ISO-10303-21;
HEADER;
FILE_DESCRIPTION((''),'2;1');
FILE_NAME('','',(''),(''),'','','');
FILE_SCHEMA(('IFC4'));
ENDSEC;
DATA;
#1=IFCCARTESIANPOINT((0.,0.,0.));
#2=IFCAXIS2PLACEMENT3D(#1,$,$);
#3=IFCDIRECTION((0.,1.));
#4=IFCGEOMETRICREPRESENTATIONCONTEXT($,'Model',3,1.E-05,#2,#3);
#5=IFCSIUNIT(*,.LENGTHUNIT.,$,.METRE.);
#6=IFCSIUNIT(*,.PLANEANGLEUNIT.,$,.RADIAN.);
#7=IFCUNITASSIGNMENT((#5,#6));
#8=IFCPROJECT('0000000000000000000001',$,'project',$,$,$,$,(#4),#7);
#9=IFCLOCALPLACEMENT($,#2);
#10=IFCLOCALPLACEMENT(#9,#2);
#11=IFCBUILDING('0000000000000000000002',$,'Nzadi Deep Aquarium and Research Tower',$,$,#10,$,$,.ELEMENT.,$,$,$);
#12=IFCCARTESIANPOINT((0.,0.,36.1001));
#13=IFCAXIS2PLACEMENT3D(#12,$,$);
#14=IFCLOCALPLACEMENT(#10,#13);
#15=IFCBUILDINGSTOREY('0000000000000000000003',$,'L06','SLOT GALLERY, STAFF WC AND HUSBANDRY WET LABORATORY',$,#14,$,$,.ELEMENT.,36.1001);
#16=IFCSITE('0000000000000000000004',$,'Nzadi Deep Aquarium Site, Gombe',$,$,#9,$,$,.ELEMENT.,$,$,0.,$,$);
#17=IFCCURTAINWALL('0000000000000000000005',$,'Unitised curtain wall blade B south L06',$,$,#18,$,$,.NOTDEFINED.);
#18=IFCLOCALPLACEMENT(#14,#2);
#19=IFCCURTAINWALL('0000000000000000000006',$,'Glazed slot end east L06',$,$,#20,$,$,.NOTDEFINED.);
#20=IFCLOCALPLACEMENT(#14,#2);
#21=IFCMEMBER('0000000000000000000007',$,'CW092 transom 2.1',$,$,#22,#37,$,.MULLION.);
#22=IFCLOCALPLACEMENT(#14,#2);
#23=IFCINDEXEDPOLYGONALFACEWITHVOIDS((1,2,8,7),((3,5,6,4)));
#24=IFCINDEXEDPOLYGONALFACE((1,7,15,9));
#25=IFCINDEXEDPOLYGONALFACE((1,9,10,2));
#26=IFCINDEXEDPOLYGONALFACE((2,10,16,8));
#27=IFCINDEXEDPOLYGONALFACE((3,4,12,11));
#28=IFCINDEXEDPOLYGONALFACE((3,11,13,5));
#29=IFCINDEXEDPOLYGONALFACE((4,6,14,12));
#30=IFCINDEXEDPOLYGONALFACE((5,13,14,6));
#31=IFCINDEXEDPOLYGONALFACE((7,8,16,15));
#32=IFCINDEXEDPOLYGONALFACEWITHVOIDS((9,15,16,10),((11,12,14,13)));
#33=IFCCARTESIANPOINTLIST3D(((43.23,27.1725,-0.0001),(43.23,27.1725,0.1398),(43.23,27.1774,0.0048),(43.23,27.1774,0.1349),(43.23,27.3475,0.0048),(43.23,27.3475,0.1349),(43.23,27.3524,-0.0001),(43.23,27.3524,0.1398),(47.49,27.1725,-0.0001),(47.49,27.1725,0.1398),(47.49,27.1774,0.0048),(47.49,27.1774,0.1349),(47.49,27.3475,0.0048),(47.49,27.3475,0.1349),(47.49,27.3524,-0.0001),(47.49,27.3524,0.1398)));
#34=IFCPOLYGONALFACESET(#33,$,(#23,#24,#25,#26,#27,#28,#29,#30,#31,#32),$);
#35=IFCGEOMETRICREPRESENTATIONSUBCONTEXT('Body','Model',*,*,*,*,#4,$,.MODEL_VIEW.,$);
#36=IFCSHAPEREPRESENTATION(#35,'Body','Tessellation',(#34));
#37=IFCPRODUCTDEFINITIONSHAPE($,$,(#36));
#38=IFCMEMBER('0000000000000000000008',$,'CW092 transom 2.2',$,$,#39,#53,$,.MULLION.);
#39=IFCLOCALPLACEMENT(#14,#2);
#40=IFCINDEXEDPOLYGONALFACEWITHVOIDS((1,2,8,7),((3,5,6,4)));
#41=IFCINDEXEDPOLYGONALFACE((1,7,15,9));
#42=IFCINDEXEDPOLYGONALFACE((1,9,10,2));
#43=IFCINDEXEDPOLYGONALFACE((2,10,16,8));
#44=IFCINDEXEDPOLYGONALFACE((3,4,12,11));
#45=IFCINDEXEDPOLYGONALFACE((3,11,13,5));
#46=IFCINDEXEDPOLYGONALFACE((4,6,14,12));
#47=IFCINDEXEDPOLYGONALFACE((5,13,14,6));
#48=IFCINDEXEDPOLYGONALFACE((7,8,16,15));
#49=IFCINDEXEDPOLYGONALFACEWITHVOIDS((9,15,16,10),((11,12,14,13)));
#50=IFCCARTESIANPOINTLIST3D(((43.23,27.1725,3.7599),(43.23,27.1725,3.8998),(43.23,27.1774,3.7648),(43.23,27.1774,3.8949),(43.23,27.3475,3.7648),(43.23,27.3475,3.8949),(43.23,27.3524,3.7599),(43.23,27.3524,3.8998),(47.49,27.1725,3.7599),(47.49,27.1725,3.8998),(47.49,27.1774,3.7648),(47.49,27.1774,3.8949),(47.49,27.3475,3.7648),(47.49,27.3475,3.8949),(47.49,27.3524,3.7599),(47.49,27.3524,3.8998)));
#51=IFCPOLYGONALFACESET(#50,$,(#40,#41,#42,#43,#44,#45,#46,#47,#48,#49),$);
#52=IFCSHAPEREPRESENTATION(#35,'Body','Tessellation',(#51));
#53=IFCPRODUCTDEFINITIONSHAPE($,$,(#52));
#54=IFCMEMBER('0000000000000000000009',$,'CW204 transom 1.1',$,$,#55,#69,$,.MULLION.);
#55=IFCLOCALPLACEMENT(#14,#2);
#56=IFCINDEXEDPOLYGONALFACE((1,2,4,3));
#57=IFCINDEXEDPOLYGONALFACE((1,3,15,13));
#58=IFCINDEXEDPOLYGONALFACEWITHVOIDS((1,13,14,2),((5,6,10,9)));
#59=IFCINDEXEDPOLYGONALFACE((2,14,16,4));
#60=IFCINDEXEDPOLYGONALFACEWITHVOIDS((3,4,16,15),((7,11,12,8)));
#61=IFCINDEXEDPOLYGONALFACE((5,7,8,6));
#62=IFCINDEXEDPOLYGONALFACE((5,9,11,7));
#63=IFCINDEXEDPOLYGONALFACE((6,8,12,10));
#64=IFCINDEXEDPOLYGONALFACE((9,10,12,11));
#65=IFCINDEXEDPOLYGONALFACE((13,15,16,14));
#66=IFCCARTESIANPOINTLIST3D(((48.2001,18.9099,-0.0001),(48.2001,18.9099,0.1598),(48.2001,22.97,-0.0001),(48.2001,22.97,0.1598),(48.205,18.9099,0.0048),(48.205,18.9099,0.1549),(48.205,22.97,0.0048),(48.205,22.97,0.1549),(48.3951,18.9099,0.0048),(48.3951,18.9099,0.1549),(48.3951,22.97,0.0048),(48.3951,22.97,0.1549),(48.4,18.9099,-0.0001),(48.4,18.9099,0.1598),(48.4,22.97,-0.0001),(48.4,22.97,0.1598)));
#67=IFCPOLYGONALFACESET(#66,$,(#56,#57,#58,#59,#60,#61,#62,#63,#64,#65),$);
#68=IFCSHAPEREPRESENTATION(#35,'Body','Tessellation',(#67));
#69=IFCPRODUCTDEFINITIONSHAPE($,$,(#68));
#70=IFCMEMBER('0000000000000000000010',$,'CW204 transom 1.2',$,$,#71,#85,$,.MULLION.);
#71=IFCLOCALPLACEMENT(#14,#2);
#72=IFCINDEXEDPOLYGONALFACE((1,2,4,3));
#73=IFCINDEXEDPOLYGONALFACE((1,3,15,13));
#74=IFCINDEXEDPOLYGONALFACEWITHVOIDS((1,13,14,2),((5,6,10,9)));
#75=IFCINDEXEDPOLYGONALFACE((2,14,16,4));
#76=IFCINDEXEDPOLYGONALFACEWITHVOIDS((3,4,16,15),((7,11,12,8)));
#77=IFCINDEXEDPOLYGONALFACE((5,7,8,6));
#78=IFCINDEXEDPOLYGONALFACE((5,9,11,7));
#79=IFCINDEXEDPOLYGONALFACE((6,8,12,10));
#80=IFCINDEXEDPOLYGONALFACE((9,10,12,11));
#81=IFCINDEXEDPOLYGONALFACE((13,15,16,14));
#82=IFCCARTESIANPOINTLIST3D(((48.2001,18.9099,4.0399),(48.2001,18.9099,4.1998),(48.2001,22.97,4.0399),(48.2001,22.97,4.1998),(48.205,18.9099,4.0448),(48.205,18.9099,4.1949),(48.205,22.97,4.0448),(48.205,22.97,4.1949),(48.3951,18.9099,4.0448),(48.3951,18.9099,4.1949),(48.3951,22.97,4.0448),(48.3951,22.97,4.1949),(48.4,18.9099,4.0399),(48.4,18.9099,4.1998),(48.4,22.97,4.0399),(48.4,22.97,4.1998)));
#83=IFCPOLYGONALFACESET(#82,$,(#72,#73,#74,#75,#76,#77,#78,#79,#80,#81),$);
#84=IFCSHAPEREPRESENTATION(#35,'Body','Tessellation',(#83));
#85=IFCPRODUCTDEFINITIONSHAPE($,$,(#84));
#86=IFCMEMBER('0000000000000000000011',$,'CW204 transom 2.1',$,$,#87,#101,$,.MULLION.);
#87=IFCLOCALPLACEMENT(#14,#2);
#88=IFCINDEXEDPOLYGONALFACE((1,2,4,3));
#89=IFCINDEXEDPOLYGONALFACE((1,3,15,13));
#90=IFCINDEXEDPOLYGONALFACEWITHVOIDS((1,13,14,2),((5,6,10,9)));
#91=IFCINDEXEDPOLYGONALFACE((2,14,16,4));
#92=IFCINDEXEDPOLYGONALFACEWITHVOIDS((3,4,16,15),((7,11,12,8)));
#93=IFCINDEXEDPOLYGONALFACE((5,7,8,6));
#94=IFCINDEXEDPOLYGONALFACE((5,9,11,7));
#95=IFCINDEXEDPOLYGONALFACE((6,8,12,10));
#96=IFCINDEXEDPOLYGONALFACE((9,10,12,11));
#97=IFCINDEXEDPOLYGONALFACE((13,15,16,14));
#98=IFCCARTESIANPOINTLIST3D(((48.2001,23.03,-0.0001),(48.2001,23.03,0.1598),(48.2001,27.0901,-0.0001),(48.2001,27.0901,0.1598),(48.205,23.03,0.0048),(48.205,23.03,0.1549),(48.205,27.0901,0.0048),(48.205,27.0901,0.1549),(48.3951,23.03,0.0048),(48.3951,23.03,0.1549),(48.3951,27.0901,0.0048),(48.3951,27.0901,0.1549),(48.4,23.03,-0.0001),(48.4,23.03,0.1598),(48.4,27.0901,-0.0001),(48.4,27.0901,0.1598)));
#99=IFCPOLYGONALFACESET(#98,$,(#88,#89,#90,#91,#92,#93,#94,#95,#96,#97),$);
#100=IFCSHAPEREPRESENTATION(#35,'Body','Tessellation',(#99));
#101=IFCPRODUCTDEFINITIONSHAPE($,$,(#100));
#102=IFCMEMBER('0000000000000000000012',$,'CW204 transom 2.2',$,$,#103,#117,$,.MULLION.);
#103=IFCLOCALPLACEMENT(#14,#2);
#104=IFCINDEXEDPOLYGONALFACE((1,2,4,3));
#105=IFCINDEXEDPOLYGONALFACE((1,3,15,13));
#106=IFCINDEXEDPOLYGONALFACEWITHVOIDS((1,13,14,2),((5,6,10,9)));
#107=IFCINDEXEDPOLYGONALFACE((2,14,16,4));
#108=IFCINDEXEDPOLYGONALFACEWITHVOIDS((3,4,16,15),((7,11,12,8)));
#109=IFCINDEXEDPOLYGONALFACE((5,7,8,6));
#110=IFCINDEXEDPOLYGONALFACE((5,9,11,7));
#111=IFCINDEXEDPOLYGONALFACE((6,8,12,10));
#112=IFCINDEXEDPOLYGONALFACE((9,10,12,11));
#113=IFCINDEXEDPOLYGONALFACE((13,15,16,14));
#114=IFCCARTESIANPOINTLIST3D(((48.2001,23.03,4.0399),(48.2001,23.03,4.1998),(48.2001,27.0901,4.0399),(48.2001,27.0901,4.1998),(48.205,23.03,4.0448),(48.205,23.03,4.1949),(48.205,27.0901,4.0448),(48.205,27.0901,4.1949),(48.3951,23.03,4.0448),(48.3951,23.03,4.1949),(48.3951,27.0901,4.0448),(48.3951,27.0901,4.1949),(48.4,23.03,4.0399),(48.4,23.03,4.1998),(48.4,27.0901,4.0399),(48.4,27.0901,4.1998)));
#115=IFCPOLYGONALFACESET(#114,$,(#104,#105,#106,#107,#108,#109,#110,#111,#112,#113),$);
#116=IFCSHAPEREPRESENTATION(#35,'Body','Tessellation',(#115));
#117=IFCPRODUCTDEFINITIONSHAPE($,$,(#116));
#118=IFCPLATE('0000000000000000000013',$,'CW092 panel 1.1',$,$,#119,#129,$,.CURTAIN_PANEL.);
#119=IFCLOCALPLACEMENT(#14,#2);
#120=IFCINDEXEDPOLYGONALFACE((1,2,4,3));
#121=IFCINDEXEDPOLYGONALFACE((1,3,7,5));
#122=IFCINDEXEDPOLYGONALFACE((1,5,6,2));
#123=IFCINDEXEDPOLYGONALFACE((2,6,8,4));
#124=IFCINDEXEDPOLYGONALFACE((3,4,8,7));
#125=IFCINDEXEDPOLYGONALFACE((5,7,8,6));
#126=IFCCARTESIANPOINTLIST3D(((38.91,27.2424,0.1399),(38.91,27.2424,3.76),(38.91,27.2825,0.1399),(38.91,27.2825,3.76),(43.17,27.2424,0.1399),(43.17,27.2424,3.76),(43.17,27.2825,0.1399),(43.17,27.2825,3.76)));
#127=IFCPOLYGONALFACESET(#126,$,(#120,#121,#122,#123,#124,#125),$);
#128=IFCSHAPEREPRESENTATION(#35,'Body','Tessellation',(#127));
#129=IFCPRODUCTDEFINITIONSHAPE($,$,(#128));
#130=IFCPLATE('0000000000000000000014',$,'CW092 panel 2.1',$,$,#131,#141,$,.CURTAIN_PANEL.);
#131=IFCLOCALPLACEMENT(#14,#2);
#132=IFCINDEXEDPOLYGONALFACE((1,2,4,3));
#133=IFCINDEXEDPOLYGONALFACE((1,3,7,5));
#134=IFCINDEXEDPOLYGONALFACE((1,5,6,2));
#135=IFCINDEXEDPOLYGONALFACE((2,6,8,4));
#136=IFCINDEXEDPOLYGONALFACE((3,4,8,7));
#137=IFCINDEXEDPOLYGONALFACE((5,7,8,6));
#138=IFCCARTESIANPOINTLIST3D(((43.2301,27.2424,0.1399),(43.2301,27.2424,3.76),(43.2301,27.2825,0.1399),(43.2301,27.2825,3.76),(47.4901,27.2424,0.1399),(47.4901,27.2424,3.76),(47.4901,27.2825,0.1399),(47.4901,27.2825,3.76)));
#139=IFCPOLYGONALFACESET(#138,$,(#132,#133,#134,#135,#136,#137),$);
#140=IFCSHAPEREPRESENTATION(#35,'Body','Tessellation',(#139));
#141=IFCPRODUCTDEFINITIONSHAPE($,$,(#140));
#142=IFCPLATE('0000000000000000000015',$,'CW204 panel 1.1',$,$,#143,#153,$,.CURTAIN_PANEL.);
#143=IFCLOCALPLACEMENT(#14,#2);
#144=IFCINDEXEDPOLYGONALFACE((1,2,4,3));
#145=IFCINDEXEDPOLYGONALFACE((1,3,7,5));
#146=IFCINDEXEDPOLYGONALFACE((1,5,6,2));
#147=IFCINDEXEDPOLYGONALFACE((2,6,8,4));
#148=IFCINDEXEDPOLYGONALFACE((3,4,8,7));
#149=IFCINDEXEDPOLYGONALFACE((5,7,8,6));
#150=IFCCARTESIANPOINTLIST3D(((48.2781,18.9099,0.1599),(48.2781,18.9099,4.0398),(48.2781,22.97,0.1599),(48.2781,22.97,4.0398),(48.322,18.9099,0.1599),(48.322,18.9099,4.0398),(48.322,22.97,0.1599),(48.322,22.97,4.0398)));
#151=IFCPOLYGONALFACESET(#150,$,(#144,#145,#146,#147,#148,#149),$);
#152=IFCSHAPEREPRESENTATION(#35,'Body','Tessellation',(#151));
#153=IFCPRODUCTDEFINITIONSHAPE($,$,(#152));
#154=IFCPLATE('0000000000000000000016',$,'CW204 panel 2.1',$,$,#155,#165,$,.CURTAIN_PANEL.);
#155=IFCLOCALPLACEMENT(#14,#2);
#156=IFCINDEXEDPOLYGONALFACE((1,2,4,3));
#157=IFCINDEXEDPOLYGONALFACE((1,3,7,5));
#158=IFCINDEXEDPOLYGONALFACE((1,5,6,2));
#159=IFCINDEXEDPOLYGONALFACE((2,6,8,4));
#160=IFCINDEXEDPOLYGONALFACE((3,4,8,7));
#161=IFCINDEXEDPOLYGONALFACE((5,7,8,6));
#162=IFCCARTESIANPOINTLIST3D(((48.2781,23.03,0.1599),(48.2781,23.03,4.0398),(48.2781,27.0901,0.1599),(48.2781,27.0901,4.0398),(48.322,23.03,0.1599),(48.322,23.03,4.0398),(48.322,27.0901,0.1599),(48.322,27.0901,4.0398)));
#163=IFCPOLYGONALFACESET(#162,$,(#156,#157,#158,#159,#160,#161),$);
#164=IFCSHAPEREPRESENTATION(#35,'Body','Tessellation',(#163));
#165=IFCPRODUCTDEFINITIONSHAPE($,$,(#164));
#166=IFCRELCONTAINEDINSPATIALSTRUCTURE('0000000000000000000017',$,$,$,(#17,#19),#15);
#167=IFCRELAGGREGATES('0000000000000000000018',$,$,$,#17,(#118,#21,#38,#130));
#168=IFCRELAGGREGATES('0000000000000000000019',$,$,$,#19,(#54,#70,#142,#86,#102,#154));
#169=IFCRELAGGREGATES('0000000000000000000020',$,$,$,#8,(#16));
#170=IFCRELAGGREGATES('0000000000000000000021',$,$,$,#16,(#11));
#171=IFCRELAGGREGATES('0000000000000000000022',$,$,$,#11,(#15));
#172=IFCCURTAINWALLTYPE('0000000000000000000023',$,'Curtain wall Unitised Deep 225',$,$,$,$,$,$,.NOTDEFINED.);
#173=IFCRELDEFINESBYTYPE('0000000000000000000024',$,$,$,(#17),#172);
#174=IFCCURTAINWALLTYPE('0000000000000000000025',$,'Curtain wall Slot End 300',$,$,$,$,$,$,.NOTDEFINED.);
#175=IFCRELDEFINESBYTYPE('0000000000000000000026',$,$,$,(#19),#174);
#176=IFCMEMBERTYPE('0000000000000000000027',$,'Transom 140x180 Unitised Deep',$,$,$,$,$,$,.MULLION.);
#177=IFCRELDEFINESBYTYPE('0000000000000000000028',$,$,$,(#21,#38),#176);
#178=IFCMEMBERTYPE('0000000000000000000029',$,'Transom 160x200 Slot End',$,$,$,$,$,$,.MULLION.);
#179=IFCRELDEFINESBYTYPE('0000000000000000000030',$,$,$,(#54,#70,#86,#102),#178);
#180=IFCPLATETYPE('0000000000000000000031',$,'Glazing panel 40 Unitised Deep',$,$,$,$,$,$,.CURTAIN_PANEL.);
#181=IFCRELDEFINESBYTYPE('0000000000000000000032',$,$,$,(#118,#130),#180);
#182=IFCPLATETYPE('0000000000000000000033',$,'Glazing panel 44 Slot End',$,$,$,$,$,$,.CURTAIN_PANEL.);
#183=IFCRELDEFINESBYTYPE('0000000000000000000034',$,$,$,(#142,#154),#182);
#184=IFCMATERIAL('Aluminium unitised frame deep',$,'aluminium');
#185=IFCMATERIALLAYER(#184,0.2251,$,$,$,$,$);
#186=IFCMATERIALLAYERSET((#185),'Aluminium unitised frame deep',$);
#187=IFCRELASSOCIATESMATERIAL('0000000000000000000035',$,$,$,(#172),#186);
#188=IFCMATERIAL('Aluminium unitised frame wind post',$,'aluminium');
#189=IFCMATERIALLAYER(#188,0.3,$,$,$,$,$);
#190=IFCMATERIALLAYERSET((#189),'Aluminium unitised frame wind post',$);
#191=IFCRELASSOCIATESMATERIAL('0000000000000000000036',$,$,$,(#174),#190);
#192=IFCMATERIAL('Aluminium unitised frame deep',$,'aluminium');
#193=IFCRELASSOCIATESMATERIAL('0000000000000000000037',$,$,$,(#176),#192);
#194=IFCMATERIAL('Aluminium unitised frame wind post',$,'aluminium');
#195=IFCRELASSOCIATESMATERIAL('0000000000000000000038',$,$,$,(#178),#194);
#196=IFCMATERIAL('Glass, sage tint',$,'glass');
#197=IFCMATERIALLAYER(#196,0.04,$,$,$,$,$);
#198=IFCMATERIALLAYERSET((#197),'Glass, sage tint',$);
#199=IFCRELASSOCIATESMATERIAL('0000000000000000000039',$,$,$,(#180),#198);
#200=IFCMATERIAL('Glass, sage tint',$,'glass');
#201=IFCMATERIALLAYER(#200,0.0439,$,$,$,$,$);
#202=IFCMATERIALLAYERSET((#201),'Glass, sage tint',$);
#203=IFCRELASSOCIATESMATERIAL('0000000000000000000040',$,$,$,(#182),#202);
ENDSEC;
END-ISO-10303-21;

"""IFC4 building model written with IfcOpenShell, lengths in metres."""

from ifc_helpers import new_model, si_unit, direction, frame, origin, origin_2d, place, context, subcontext, project, spatial, rectangle, hollow_rectangle, extrude, material, layer, layer_set, material_profile, profile_set, type_object, element, aggregate, save


model = new_model("IFC4")

# Units and contexts
model_context = context("Model", 3, precision=1e-05, world=origin(), true_north=direction((0.0, 1.0)))
body_context = subcontext(model_context, "Body", "Model", "MODEL_VIEW")
ifc_project = project(units=[si_unit("LENGTHUNIT", "METRE"), si_unit("PLANEANGLEUNIT", "RADIAN")], contexts=[model_context])

# Site, building, storey
site_placement = place(None, origin())
site = spatial("IfcSite", under=ifc_project, at=site_placement, Name="Nzadi Deep Aquarium Site, Gombe", CompositionType="ELEMENT", RefElevation=0.0)
building_placement = place(site_placement, origin())
building = spatial("IfcBuilding", under=site, at=building_placement, Name="Nzadi Deep Aquarium and Research Tower", CompositionType="ELEMENT")
storey_placement = place(building_placement, frame((0.0, 0.0, 36.1001)))
storey = spatial("IfcBuildingStorey", under=building, at=storey_placement, Name="L06", Description="SLOT GALLERY, STAFF WC AND HUSBANDRY WET LABORATORY", CompositionType="ELEMENT", Elevation=36.1001)

# Curtain walls
ifc_material_1 = material(Name="Aluminium unitised frame deep", Category="aluminium")
ifc_layer_1 = layer(ifc_material_1, 0.2251)
ifc_layer_set_1 = layer_set([ifc_layer_1], Name="Aluminium unitised frame deep")
curtain_wall_type_1 = type_object("IfcCurtainWallType", Name="Curtain wall Unitised Deep 225", PredefinedType="NOTDEFINED", material=ifc_layer_set_1)
curtain_wall_1_placement = place(storey_placement, origin())
curtain_wall_1 = element("IfcCurtainWall", 1, at=curtain_wall_1_placement, inside=storey, type_object=curtain_wall_type_1, Name="Unitised curtain wall blade B south L06", PredefinedType="NOTDEFINED")
ifc_material_2 = material(Name="Aluminium unitised frame wind post", Category="aluminium")
ifc_layer_2 = layer(ifc_material_2, 0.3)
ifc_layer_set_2 = layer_set([ifc_layer_2], Name="Aluminium unitised frame wind post")
curtain_wall_type_2 = type_object("IfcCurtainWallType", Name="Curtain wall Slot End 300", PredefinedType="NOTDEFINED", material=ifc_layer_set_2)
curtain_wall_2_placement = place(storey_placement, origin())
curtain_wall_2 = element("IfcCurtainWall", 2, at=curtain_wall_2_placement, inside=storey, type_object=curtain_wall_type_2, Name="Glazed slot end east L06", PredefinedType="NOTDEFINED")

# Members
ifc_material_3 = material(Name="Aluminium unitised frame deep", Category="aluminium")
ifc_material_profile_1 = material_profile(ifc_material_3, hollow_rectangle(XDim=0.1799, YDim=0.1399, WallThickness=0.0049, at=origin_2d()))
ifc_profile_set_1 = profile_set([ifc_material_profile_1], Name="Aluminium unitised frame deep")
member_type_1 = type_object("IfcMemberType", Name="Transom 140x180 Unitised Deep", PredefinedType="MULLION", material=ifc_profile_set_1)
member_1_placement = place(storey_placement, frame((43.23, 27.2625, 0.0698), z_axis=(1.0, 0.0, 0.0), x_axis=(0.0, 1.0, 0.0)))
member_1 = element("IfcMember", 3, at=member_1_placement, type_object=member_type_1, Name="CW092 transom 2.1", PredefinedType="MULLION", context=body_context, shape_type="SweptSolid", body=[
    extrude(hollow_rectangle(XDim=0.1799, YDim=0.1399, WallThickness=0.0049, at=origin_2d()), origin(), (0.0, 0.0, 1.0), 4.26),
])
member_2_placement = place(storey_placement, frame((43.23, 27.2625, 3.8298), z_axis=(1.0, 0.0, 0.0), x_axis=(0.0, 1.0, 0.0)))
member_2 = element("IfcMember", 4, at=member_2_placement, type_object=member_type_1, Name="CW092 transom 2.2", PredefinedType="MULLION", context=body_context, shape_type="SweptSolid", body=[
    extrude(hollow_rectangle(XDim=0.1799, YDim=0.1399, WallThickness=0.0049, at=origin_2d()), origin(), (0.0, 0.0, 1.0), 4.26),
])
ifc_material_4 = material(Name="Aluminium unitised frame wind post", Category="aluminium")
ifc_material_profile_2 = material_profile(ifc_material_4, hollow_rectangle(XDim=0.2, YDim=0.1599, WallThickness=0.0049, at=origin_2d()))
ifc_profile_set_2 = profile_set([ifc_material_profile_2], Name="Aluminium unitised frame wind post")
member_type_2 = type_object("IfcMemberType", Name="Transom 160x200 Slot End", PredefinedType="MULLION", material=ifc_profile_set_2)
member_3_placement = place(storey_placement, frame((48.3, 18.9099, 0.0798), z_axis=(0.0, 1.0, 0.0), x_axis=(-1.0, 0.0, 0.0)))
member_3 = element("IfcMember", 5, at=member_3_placement, type_object=member_type_2, Name="CW204 transom 1.1", PredefinedType="MULLION", context=body_context, shape_type="SweptSolid", body=[
    extrude(hollow_rectangle(XDim=0.2, YDim=0.1599, WallThickness=0.0049, at=origin_2d()), origin(), (0.0, 0.0, 1.0), 4.0601),
])
member_4_placement = place(storey_placement, frame((48.3, 18.9099, 4.1199), z_axis=(0.0, 1.0, 0.0), x_axis=(-1.0, 0.0, 0.0)))
member_4 = element("IfcMember", 6, at=member_4_placement, type_object=member_type_2, Name="CW204 transom 1.2", PredefinedType="MULLION", context=body_context, shape_type="SweptSolid", body=[
    extrude(hollow_rectangle(XDim=0.2, YDim=0.1599, WallThickness=0.0049, at=origin_2d()), origin(), (0.0, 0.0, 1.0), 4.0601),
])
member_5_placement = place(storey_placement, frame((48.3, 23.03, 0.0798), z_axis=(0.0, 1.0, 0.0), x_axis=(-1.0, 0.0, 0.0)))
member_5 = element("IfcMember", 7, at=member_5_placement, type_object=member_type_2, Name="CW204 transom 2.1", PredefinedType="MULLION", context=body_context, shape_type="SweptSolid", body=[
    extrude(hollow_rectangle(XDim=0.2, YDim=0.1599, WallThickness=0.0049, at=origin_2d()), origin(), (0.0, 0.0, 1.0), 4.0601),
])
member_6_placement = place(storey_placement, frame((48.3, 23.03, 4.1199), z_axis=(0.0, 1.0, 0.0), x_axis=(-1.0, 0.0, 0.0)))
member_6 = element("IfcMember", 8, at=member_6_placement, type_object=member_type_2, Name="CW204 transom 2.2", PredefinedType="MULLION", context=body_context, shape_type="SweptSolid", body=[
    extrude(hollow_rectangle(XDim=0.2, YDim=0.1599, WallThickness=0.0049, at=origin_2d()), origin(), (0.0, 0.0, 1.0), 4.0601),
])

# Plates
ifc_material_5 = material(Name="Glass, sage tint", Category="glass")
ifc_layer_3 = layer(ifc_material_5, 0.04)
ifc_layer_set_3 = layer_set([ifc_layer_3], Name="Glass, sage tint")
plate_type_1 = type_object("IfcPlateType", Name="Glazing panel 40 Unitised Deep", PredefinedType="CURTAIN_PANEL", material=ifc_layer_set_3)
plate_1_placement = place(storey_placement, frame((41.04, 27.2625, 0.1399), z_axis=(0.0, 0.0, 1.0), x_axis=(1.0, 0.0, 0.0)))
plate_1 = element("IfcPlate", 9, at=plate_1_placement, type_object=plate_type_1, Name="CW092 panel 1.1", PredefinedType="CURTAIN_PANEL", context=body_context, shape_type="SweptSolid", body=[
    extrude(rectangle(XDim=4.26, YDim=0.04, at=origin_2d()), origin(), (0.0, 0.0, 1.0), 3.6201),
])
plate_2_placement = place(storey_placement, frame((45.3601, 27.2625, 0.1399), z_axis=(0.0, 0.0, 1.0), x_axis=(1.0, 0.0, 0.0)))
plate_2 = element("IfcPlate", 10, at=plate_2_placement, type_object=plate_type_1, Name="CW092 panel 2.1", PredefinedType="CURTAIN_PANEL", context=body_context, shape_type="SweptSolid", body=[
    extrude(rectangle(XDim=4.26, YDim=0.04, at=origin_2d()), origin(), (0.0, 0.0, 1.0), 3.6201),
])
aggregate(curtain_wall_1, [plate_1, member_1, member_2, plate_2])
ifc_material_6 = material(Name="Glass, sage tint", Category="glass")
ifc_layer_4 = layer(ifc_material_6, 0.0439)
ifc_layer_set_4 = layer_set([ifc_layer_4], Name="Glass, sage tint")
plate_type_2 = type_object("IfcPlateType", Name="Glazing panel 44 Slot End", PredefinedType="CURTAIN_PANEL", material=ifc_layer_set_4)
plate_3_placement = place(storey_placement, frame((48.3, 20.9399, 0.1599), z_axis=(0.0, 0.0, 1.0), x_axis=(0.0, 1.0, 0.0)))
plate_3 = element("IfcPlate", 11, at=plate_3_placement, type_object=plate_type_2, Name="CW204 panel 1.1", PredefinedType="CURTAIN_PANEL", context=body_context, shape_type="SweptSolid", body=[
    extrude(rectangle(XDim=4.0601, YDim=0.0439, at=origin_2d()), origin(), (0.0, 0.0, 1.0), 3.8799),
])
plate_4_placement = place(storey_placement, frame((48.3, 25.0601, 0.1599), z_axis=(0.0, 0.0, 1.0), x_axis=(0.0, 1.0, 0.0)))
plate_4 = element("IfcPlate", 12, at=plate_4_placement, type_object=plate_type_2, Name="CW204 panel 2.1", PredefinedType="CURTAIN_PANEL", context=body_context, shape_type="SweptSolid", body=[
    extrude(rectangle(XDim=4.0601, YDim=0.0439, at=origin_2d()), origin(), (0.0, 0.0, 1.0), 3.8799),
])
aggregate(curtain_wall_2, [member_3, member_4, plate_3, member_5, member_6, plate_4])

save(model, "model.ifc")
